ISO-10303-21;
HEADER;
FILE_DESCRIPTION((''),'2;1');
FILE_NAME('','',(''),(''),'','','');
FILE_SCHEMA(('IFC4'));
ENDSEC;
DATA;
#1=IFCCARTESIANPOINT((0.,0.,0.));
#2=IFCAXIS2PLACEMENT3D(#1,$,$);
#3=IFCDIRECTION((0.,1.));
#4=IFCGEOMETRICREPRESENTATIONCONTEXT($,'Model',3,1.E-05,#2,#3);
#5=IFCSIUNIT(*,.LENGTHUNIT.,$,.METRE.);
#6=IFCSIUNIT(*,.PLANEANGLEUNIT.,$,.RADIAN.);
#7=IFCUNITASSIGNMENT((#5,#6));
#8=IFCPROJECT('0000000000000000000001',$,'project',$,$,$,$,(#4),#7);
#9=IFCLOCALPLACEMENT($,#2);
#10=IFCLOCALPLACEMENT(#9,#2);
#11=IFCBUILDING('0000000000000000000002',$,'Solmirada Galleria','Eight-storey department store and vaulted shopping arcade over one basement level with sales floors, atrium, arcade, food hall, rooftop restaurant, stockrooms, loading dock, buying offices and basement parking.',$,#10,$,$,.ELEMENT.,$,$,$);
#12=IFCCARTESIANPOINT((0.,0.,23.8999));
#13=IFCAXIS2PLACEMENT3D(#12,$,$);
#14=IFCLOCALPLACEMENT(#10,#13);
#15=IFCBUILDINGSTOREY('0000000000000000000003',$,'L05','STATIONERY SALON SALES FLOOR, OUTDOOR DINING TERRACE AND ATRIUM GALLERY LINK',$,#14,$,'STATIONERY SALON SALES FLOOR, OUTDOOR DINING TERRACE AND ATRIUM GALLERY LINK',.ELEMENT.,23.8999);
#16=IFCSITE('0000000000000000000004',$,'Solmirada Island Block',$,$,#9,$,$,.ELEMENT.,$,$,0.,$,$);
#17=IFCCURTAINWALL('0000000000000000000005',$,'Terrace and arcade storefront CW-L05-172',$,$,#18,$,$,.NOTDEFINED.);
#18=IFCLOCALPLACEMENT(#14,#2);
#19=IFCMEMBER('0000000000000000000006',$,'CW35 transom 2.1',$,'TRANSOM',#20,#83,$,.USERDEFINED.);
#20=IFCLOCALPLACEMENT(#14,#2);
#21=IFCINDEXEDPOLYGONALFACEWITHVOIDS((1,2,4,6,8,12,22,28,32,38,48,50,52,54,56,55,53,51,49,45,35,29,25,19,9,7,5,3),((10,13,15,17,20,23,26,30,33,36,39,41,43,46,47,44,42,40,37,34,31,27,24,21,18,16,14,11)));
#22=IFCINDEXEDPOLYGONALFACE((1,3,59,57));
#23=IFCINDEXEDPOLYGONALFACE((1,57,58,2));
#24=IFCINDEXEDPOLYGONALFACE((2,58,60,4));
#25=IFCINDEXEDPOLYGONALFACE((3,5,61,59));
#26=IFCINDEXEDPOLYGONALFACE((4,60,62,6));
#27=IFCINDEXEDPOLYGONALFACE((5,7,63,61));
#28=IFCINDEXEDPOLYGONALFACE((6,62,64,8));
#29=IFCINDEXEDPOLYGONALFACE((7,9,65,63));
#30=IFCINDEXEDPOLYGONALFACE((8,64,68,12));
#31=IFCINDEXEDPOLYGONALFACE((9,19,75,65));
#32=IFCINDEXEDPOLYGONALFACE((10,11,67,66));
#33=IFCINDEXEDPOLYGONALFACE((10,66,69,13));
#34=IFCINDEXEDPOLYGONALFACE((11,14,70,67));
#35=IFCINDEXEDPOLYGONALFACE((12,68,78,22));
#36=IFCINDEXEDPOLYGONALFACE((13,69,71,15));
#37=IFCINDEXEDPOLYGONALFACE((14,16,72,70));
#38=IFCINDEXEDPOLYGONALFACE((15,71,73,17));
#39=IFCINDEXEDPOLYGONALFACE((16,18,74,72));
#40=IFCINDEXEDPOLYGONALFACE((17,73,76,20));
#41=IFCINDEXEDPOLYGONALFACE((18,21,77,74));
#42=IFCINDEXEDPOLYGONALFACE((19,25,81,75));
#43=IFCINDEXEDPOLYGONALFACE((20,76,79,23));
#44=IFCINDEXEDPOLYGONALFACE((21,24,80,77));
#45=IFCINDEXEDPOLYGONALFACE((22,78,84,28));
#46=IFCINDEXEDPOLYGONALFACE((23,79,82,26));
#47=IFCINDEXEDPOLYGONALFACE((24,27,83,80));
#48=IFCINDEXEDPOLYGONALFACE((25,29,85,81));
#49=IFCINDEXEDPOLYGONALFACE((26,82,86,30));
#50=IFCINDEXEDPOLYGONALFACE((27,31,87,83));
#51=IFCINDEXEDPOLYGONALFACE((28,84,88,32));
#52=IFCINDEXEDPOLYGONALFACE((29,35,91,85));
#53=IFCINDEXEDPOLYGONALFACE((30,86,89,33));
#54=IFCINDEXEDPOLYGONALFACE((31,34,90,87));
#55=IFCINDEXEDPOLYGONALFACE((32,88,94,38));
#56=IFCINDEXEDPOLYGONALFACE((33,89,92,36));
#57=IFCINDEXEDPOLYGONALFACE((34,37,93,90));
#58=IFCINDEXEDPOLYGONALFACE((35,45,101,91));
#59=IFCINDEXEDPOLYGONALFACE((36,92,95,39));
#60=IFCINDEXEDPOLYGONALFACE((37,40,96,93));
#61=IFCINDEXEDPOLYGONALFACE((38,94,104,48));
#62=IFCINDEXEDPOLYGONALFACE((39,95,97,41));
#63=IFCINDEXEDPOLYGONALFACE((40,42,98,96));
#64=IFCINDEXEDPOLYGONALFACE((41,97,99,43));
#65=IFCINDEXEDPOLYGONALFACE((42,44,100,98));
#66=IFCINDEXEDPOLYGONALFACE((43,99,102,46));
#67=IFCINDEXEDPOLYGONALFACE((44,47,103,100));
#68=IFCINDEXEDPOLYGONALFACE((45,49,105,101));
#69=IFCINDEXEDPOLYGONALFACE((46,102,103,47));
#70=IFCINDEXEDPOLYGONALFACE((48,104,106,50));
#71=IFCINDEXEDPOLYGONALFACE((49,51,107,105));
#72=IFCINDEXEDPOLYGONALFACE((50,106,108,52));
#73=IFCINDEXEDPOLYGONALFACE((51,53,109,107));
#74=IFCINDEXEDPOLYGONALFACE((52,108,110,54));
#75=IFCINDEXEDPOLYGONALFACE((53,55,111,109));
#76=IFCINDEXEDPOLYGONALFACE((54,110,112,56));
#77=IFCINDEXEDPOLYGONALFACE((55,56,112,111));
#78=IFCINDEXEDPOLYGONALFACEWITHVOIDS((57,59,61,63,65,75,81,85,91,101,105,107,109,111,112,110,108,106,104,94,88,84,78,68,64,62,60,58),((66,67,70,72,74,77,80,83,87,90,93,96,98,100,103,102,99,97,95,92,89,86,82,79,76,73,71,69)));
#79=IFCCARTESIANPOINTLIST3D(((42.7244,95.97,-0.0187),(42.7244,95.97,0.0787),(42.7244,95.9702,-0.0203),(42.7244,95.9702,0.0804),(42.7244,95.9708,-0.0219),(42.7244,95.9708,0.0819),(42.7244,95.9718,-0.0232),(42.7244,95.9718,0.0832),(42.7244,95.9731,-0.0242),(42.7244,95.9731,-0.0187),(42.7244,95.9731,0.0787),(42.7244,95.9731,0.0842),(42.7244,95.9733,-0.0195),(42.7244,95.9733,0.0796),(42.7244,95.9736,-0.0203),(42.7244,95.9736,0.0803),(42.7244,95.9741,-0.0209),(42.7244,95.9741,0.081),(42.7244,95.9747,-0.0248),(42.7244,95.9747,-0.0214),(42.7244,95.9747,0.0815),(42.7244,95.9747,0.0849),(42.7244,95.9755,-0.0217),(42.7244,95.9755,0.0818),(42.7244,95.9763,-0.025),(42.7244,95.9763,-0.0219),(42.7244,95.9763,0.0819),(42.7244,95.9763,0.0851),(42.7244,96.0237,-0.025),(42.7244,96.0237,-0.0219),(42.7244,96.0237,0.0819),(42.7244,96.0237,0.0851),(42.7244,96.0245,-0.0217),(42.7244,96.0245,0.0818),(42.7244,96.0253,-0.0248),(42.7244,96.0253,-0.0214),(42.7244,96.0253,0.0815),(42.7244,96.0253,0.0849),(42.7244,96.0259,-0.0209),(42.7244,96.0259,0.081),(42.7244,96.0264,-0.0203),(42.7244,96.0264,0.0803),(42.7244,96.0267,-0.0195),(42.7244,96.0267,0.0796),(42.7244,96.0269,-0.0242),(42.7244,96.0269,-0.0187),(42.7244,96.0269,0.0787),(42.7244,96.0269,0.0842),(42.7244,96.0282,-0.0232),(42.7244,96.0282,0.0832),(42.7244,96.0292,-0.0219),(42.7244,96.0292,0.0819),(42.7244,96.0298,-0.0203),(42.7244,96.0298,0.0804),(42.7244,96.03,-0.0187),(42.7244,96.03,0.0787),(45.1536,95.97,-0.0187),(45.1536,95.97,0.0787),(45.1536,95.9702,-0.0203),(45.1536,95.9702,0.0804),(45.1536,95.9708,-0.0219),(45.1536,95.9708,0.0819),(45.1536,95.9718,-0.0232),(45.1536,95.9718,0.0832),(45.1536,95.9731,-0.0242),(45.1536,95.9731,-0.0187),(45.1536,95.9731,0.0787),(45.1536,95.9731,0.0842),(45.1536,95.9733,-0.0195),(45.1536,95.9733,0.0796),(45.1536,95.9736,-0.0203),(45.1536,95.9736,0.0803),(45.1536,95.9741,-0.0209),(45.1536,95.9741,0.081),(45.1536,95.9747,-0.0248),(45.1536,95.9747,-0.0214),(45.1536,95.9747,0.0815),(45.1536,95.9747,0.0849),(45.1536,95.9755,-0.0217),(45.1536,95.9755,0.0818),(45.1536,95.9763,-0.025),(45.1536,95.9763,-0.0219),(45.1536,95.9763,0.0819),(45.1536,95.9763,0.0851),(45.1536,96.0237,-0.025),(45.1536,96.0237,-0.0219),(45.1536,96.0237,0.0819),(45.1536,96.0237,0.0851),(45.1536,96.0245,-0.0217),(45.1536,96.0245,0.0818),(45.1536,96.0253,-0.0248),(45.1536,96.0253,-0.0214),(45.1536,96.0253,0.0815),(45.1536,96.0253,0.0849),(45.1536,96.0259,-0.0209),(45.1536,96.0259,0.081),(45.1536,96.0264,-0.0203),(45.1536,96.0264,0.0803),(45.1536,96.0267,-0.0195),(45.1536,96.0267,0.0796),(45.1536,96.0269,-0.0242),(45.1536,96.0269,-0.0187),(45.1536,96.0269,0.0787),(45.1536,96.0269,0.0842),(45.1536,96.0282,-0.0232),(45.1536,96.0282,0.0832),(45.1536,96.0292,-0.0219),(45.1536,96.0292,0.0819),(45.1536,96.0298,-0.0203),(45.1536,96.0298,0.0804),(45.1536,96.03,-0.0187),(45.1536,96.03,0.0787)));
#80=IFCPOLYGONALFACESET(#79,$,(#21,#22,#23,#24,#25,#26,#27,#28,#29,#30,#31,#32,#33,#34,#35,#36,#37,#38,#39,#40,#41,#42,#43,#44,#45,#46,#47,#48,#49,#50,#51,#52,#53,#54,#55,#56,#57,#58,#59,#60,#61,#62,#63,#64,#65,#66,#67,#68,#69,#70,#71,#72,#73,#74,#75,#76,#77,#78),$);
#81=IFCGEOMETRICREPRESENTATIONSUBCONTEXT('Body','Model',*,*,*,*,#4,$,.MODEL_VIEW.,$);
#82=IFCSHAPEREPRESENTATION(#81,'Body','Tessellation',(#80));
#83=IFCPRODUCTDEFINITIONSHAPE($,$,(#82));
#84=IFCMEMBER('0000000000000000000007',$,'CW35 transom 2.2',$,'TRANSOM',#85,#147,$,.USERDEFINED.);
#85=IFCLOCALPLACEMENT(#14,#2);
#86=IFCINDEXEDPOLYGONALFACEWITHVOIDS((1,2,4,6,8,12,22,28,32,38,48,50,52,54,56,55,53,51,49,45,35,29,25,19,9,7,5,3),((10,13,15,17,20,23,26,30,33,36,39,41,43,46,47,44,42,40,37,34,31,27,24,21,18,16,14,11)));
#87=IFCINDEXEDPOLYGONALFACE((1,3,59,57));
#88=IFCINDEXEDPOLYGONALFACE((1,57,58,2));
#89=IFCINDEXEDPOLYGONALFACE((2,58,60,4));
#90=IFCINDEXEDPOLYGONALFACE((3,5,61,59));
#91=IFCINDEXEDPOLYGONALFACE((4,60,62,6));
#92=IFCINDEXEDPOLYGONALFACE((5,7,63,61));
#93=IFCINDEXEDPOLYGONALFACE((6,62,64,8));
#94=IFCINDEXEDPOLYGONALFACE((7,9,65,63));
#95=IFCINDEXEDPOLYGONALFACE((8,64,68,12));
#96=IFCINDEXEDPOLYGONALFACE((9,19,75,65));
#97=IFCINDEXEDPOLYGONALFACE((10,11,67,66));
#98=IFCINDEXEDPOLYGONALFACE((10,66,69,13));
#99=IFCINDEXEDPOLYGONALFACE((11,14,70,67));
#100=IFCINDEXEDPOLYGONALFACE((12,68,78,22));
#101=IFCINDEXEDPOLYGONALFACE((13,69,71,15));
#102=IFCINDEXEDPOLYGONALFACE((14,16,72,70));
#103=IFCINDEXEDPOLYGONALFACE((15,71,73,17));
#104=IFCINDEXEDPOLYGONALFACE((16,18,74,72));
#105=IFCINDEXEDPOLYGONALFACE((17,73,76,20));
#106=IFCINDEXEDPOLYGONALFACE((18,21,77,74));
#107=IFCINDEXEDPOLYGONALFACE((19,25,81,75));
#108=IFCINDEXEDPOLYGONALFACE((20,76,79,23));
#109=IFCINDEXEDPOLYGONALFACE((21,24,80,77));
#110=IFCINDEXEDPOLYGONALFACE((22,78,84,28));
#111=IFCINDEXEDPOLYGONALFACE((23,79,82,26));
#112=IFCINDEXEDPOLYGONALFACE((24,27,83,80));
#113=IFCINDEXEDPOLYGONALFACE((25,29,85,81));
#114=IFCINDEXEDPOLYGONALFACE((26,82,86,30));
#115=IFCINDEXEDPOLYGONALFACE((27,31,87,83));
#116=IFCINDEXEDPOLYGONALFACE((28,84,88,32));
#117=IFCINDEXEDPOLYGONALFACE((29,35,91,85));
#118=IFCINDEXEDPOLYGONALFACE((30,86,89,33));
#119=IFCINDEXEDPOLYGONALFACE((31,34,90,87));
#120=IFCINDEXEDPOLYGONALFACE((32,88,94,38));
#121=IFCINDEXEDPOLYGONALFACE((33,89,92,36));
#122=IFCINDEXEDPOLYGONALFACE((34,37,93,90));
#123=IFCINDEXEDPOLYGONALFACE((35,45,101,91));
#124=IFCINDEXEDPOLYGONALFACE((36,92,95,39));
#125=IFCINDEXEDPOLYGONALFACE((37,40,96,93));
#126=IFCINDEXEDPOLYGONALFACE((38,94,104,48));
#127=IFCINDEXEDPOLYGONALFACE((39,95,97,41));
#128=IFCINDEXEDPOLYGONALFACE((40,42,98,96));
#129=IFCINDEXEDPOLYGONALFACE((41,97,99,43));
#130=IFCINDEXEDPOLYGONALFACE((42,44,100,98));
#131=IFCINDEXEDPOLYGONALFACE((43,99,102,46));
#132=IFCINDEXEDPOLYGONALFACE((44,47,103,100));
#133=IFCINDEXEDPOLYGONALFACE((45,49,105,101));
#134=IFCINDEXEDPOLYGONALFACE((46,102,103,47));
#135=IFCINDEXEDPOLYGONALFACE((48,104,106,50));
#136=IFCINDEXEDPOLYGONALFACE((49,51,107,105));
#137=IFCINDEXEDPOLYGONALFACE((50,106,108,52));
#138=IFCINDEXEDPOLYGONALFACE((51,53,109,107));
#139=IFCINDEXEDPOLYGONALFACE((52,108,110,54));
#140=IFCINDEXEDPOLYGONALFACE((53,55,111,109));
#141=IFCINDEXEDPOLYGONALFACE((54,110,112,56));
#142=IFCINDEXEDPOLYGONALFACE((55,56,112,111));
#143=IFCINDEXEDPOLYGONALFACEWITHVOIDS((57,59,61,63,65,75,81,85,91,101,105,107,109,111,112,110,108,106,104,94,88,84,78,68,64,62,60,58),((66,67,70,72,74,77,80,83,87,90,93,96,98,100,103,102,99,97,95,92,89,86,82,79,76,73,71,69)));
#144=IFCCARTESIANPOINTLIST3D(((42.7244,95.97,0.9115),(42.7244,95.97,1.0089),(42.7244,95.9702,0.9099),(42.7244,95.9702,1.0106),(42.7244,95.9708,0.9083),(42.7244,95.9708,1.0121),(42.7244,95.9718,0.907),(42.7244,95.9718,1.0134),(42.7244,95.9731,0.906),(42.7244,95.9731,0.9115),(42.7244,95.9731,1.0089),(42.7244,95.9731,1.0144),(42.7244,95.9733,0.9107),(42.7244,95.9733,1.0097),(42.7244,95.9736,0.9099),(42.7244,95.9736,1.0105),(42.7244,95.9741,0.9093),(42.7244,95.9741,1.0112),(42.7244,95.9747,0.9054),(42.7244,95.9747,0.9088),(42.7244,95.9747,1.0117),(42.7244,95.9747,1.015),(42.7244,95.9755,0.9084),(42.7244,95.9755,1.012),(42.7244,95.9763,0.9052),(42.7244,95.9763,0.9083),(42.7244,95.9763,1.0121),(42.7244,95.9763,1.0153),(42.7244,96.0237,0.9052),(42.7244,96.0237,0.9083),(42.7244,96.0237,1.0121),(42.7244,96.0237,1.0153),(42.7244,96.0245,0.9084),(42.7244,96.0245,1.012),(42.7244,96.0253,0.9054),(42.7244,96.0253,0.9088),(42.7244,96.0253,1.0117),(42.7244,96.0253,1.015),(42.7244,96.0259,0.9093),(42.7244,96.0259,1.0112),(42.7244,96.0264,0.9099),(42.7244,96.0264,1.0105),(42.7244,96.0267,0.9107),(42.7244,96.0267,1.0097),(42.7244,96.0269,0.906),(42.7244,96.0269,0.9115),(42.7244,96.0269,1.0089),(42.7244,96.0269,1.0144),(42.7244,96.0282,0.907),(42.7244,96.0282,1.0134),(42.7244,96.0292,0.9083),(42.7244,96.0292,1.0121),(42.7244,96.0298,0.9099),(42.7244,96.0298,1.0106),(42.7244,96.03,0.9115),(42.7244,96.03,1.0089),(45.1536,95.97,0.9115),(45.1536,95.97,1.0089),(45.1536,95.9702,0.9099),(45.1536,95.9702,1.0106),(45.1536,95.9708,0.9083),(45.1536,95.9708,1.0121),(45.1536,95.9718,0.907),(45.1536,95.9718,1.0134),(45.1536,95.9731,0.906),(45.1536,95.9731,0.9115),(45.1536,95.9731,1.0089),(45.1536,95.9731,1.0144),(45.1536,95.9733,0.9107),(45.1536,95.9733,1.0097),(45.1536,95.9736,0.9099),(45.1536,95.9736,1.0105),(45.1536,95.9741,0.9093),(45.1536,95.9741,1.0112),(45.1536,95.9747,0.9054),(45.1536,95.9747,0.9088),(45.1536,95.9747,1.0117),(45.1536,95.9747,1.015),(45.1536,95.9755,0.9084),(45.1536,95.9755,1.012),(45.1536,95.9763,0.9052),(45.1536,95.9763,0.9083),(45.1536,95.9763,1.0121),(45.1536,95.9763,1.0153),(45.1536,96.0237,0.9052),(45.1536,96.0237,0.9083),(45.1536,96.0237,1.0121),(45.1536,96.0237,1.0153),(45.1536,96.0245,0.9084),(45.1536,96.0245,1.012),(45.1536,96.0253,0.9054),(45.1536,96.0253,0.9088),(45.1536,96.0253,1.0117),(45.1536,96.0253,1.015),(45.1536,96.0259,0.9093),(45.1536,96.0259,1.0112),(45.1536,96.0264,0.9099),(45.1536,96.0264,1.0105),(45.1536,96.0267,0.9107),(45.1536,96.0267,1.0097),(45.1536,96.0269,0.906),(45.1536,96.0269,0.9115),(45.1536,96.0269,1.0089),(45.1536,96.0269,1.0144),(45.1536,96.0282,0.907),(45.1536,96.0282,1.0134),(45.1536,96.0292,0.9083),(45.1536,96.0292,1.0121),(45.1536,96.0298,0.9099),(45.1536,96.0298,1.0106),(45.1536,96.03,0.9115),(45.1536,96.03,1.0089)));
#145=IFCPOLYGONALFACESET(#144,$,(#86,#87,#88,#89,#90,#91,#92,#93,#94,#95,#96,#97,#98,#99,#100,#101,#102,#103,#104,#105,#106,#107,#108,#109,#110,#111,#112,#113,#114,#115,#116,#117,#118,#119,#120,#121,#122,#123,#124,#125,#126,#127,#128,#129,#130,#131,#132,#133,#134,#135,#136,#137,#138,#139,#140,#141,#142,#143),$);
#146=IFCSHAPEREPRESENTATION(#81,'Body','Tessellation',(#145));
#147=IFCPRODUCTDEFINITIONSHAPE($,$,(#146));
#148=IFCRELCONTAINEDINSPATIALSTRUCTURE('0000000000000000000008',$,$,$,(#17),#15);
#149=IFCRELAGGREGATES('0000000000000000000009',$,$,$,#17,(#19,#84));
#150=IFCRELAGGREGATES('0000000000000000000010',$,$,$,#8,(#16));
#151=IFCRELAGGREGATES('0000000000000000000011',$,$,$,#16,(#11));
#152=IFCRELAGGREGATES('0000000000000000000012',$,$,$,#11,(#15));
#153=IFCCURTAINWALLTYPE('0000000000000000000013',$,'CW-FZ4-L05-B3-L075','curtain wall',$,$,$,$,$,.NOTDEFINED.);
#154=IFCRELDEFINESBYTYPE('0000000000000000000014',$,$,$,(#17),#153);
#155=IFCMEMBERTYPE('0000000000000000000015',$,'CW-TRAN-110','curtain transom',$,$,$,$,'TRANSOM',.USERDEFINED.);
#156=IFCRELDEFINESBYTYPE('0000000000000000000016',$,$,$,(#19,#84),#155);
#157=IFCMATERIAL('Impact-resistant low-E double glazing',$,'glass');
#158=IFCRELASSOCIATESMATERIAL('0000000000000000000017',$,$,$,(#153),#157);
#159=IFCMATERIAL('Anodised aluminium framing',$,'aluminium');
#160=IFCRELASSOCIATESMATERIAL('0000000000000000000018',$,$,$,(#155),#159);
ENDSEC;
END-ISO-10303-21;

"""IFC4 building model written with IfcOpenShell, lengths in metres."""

from ifc_helpers import new_model, si_unit, direction, frame, origin, origin_2d, place, context, subcontext, project, spatial, hollow_rectangle, extrude, material, material_profile, profile_set, type_object, element, aggregate, save


model = new_model("IFC4")

# Units and contexts
model_context = context("Model", 3, precision=1e-05, world=origin(), true_north=direction((0.0, 1.0)))
body_context = subcontext(model_context, "Body", "Model", "MODEL_VIEW")
ifc_project = project(units=[si_unit("LENGTHUNIT", "METRE"), si_unit("PLANEANGLEUNIT", "RADIAN")], contexts=[model_context])

# Site, building, storey
site_placement = place(None, origin())
site = spatial("IfcSite", under=ifc_project, at=site_placement, Name="Solmirada Island Block", CompositionType="ELEMENT", RefElevation=0.0)
building_placement = place(site_placement, origin())
building = spatial("IfcBuilding", under=site, at=building_placement, Name="Solmirada Galleria", Description="Eight-storey department store and vaulted shopping arcade over one basement level with sales floors, atrium, arcade, food hall, rooftop restaurant, stockrooms, loading dock, buying offices and basement parking.", CompositionType="ELEMENT")
storey_placement = place(building_placement, frame((0.0, 0.0, 23.8999)))
storey = spatial("IfcBuildingStorey", under=building, at=storey_placement, Name="L05", Description="STATIONERY SALON SALES FLOOR, OUTDOOR DINING TERRACE AND ATRIUM GALLERY LINK", LongName="STATIONERY SALON SALES FLOOR, OUTDOOR DINING TERRACE AND ATRIUM GALLERY LINK", CompositionType="ELEMENT", Elevation=23.8999)

# Shared definitions
ifc_material_1 = material(Name="Impact-resistant low-E double glazing", Category="glass")
ifc_material_2 = material(Name="Anodised aluminium framing", Category="aluminium")

# Curtain wall, members
curtain_wall_type_1 = type_object("IfcCurtainWallType", Name="CW-FZ4-L05-B3-L075", Description="curtain wall", PredefinedType="NOTDEFINED", material=ifc_material_1)
curtain_wall_1_placement = place(storey_placement, origin())
curtain_wall_1 = element("IfcCurtainWall", 1, at=curtain_wall_1_placement, inside=storey, type_object=curtain_wall_type_1, Name="Terrace and arcade storefront CW-L05-172", PredefinedType="NOTDEFINED")
ifc_material_profile_1 = material_profile(ifc_material_2, hollow_rectangle(XDim=0.0601, YDim=0.1101, WallThickness=0.0032, InnerFilletRadius=0.0032, OuterFilletRadius=0.0063, at=origin_2d()), Name="ALU-TRAN-110X60")
ifc_profile_set_1 = profile_set([ifc_material_profile_1], Name="Anodised aluminium framing")
member_type_1 = type_object("IfcMemberType", Name="CW-TRAN-110", Description="curtain transom", ElementType="TRANSOM", PredefinedType="USERDEFINED", material=ifc_profile_set_1)
member_1_placement = place(storey_placement, frame((45.1536, 96.0, 0.03), z_axis=(-1.0, 0.0, 0.0), x_axis=(0.0, -1.0, 0.0)))
member_1 = element("IfcMember", 2, at=member_1_placement, type_object=member_type_1, Name="CW35 transom 2.1", ObjectType="TRANSOM", PredefinedType="USERDEFINED", context=body_context, shape_type="SweptSolid", body=[
    extrude(hollow_rectangle(XDim=0.0601, YDim=0.1101, WallThickness=0.0032, InnerFilletRadius=0.0032, OuterFilletRadius=0.0063, at=origin_2d()), origin(), (0.0, 0.0, 1.0), 2.4292),
])
member_2_placement = place(storey_placement, frame((45.1536, 96.0, 0.9602), z_axis=(-1.0, 0.0, 0.0), x_axis=(0.0, -1.0, 0.0)))
member_2 = element("IfcMember", 3, at=member_2_placement, type_object=member_type_1, Name="CW35 transom 2.2", ObjectType="TRANSOM", PredefinedType="USERDEFINED", context=body_context, shape_type="SweptSolid", body=[
    extrude(hollow_rectangle(XDim=0.0601, YDim=0.1101, WallThickness=0.0032, InnerFilletRadius=0.0032, OuterFilletRadius=0.0063, at=origin_2d()), origin(), (0.0, 0.0, 1.0), 2.4292),
])
aggregate(curtain_wall_1, [member_1, member_2])

save(model, "model.ifc")
